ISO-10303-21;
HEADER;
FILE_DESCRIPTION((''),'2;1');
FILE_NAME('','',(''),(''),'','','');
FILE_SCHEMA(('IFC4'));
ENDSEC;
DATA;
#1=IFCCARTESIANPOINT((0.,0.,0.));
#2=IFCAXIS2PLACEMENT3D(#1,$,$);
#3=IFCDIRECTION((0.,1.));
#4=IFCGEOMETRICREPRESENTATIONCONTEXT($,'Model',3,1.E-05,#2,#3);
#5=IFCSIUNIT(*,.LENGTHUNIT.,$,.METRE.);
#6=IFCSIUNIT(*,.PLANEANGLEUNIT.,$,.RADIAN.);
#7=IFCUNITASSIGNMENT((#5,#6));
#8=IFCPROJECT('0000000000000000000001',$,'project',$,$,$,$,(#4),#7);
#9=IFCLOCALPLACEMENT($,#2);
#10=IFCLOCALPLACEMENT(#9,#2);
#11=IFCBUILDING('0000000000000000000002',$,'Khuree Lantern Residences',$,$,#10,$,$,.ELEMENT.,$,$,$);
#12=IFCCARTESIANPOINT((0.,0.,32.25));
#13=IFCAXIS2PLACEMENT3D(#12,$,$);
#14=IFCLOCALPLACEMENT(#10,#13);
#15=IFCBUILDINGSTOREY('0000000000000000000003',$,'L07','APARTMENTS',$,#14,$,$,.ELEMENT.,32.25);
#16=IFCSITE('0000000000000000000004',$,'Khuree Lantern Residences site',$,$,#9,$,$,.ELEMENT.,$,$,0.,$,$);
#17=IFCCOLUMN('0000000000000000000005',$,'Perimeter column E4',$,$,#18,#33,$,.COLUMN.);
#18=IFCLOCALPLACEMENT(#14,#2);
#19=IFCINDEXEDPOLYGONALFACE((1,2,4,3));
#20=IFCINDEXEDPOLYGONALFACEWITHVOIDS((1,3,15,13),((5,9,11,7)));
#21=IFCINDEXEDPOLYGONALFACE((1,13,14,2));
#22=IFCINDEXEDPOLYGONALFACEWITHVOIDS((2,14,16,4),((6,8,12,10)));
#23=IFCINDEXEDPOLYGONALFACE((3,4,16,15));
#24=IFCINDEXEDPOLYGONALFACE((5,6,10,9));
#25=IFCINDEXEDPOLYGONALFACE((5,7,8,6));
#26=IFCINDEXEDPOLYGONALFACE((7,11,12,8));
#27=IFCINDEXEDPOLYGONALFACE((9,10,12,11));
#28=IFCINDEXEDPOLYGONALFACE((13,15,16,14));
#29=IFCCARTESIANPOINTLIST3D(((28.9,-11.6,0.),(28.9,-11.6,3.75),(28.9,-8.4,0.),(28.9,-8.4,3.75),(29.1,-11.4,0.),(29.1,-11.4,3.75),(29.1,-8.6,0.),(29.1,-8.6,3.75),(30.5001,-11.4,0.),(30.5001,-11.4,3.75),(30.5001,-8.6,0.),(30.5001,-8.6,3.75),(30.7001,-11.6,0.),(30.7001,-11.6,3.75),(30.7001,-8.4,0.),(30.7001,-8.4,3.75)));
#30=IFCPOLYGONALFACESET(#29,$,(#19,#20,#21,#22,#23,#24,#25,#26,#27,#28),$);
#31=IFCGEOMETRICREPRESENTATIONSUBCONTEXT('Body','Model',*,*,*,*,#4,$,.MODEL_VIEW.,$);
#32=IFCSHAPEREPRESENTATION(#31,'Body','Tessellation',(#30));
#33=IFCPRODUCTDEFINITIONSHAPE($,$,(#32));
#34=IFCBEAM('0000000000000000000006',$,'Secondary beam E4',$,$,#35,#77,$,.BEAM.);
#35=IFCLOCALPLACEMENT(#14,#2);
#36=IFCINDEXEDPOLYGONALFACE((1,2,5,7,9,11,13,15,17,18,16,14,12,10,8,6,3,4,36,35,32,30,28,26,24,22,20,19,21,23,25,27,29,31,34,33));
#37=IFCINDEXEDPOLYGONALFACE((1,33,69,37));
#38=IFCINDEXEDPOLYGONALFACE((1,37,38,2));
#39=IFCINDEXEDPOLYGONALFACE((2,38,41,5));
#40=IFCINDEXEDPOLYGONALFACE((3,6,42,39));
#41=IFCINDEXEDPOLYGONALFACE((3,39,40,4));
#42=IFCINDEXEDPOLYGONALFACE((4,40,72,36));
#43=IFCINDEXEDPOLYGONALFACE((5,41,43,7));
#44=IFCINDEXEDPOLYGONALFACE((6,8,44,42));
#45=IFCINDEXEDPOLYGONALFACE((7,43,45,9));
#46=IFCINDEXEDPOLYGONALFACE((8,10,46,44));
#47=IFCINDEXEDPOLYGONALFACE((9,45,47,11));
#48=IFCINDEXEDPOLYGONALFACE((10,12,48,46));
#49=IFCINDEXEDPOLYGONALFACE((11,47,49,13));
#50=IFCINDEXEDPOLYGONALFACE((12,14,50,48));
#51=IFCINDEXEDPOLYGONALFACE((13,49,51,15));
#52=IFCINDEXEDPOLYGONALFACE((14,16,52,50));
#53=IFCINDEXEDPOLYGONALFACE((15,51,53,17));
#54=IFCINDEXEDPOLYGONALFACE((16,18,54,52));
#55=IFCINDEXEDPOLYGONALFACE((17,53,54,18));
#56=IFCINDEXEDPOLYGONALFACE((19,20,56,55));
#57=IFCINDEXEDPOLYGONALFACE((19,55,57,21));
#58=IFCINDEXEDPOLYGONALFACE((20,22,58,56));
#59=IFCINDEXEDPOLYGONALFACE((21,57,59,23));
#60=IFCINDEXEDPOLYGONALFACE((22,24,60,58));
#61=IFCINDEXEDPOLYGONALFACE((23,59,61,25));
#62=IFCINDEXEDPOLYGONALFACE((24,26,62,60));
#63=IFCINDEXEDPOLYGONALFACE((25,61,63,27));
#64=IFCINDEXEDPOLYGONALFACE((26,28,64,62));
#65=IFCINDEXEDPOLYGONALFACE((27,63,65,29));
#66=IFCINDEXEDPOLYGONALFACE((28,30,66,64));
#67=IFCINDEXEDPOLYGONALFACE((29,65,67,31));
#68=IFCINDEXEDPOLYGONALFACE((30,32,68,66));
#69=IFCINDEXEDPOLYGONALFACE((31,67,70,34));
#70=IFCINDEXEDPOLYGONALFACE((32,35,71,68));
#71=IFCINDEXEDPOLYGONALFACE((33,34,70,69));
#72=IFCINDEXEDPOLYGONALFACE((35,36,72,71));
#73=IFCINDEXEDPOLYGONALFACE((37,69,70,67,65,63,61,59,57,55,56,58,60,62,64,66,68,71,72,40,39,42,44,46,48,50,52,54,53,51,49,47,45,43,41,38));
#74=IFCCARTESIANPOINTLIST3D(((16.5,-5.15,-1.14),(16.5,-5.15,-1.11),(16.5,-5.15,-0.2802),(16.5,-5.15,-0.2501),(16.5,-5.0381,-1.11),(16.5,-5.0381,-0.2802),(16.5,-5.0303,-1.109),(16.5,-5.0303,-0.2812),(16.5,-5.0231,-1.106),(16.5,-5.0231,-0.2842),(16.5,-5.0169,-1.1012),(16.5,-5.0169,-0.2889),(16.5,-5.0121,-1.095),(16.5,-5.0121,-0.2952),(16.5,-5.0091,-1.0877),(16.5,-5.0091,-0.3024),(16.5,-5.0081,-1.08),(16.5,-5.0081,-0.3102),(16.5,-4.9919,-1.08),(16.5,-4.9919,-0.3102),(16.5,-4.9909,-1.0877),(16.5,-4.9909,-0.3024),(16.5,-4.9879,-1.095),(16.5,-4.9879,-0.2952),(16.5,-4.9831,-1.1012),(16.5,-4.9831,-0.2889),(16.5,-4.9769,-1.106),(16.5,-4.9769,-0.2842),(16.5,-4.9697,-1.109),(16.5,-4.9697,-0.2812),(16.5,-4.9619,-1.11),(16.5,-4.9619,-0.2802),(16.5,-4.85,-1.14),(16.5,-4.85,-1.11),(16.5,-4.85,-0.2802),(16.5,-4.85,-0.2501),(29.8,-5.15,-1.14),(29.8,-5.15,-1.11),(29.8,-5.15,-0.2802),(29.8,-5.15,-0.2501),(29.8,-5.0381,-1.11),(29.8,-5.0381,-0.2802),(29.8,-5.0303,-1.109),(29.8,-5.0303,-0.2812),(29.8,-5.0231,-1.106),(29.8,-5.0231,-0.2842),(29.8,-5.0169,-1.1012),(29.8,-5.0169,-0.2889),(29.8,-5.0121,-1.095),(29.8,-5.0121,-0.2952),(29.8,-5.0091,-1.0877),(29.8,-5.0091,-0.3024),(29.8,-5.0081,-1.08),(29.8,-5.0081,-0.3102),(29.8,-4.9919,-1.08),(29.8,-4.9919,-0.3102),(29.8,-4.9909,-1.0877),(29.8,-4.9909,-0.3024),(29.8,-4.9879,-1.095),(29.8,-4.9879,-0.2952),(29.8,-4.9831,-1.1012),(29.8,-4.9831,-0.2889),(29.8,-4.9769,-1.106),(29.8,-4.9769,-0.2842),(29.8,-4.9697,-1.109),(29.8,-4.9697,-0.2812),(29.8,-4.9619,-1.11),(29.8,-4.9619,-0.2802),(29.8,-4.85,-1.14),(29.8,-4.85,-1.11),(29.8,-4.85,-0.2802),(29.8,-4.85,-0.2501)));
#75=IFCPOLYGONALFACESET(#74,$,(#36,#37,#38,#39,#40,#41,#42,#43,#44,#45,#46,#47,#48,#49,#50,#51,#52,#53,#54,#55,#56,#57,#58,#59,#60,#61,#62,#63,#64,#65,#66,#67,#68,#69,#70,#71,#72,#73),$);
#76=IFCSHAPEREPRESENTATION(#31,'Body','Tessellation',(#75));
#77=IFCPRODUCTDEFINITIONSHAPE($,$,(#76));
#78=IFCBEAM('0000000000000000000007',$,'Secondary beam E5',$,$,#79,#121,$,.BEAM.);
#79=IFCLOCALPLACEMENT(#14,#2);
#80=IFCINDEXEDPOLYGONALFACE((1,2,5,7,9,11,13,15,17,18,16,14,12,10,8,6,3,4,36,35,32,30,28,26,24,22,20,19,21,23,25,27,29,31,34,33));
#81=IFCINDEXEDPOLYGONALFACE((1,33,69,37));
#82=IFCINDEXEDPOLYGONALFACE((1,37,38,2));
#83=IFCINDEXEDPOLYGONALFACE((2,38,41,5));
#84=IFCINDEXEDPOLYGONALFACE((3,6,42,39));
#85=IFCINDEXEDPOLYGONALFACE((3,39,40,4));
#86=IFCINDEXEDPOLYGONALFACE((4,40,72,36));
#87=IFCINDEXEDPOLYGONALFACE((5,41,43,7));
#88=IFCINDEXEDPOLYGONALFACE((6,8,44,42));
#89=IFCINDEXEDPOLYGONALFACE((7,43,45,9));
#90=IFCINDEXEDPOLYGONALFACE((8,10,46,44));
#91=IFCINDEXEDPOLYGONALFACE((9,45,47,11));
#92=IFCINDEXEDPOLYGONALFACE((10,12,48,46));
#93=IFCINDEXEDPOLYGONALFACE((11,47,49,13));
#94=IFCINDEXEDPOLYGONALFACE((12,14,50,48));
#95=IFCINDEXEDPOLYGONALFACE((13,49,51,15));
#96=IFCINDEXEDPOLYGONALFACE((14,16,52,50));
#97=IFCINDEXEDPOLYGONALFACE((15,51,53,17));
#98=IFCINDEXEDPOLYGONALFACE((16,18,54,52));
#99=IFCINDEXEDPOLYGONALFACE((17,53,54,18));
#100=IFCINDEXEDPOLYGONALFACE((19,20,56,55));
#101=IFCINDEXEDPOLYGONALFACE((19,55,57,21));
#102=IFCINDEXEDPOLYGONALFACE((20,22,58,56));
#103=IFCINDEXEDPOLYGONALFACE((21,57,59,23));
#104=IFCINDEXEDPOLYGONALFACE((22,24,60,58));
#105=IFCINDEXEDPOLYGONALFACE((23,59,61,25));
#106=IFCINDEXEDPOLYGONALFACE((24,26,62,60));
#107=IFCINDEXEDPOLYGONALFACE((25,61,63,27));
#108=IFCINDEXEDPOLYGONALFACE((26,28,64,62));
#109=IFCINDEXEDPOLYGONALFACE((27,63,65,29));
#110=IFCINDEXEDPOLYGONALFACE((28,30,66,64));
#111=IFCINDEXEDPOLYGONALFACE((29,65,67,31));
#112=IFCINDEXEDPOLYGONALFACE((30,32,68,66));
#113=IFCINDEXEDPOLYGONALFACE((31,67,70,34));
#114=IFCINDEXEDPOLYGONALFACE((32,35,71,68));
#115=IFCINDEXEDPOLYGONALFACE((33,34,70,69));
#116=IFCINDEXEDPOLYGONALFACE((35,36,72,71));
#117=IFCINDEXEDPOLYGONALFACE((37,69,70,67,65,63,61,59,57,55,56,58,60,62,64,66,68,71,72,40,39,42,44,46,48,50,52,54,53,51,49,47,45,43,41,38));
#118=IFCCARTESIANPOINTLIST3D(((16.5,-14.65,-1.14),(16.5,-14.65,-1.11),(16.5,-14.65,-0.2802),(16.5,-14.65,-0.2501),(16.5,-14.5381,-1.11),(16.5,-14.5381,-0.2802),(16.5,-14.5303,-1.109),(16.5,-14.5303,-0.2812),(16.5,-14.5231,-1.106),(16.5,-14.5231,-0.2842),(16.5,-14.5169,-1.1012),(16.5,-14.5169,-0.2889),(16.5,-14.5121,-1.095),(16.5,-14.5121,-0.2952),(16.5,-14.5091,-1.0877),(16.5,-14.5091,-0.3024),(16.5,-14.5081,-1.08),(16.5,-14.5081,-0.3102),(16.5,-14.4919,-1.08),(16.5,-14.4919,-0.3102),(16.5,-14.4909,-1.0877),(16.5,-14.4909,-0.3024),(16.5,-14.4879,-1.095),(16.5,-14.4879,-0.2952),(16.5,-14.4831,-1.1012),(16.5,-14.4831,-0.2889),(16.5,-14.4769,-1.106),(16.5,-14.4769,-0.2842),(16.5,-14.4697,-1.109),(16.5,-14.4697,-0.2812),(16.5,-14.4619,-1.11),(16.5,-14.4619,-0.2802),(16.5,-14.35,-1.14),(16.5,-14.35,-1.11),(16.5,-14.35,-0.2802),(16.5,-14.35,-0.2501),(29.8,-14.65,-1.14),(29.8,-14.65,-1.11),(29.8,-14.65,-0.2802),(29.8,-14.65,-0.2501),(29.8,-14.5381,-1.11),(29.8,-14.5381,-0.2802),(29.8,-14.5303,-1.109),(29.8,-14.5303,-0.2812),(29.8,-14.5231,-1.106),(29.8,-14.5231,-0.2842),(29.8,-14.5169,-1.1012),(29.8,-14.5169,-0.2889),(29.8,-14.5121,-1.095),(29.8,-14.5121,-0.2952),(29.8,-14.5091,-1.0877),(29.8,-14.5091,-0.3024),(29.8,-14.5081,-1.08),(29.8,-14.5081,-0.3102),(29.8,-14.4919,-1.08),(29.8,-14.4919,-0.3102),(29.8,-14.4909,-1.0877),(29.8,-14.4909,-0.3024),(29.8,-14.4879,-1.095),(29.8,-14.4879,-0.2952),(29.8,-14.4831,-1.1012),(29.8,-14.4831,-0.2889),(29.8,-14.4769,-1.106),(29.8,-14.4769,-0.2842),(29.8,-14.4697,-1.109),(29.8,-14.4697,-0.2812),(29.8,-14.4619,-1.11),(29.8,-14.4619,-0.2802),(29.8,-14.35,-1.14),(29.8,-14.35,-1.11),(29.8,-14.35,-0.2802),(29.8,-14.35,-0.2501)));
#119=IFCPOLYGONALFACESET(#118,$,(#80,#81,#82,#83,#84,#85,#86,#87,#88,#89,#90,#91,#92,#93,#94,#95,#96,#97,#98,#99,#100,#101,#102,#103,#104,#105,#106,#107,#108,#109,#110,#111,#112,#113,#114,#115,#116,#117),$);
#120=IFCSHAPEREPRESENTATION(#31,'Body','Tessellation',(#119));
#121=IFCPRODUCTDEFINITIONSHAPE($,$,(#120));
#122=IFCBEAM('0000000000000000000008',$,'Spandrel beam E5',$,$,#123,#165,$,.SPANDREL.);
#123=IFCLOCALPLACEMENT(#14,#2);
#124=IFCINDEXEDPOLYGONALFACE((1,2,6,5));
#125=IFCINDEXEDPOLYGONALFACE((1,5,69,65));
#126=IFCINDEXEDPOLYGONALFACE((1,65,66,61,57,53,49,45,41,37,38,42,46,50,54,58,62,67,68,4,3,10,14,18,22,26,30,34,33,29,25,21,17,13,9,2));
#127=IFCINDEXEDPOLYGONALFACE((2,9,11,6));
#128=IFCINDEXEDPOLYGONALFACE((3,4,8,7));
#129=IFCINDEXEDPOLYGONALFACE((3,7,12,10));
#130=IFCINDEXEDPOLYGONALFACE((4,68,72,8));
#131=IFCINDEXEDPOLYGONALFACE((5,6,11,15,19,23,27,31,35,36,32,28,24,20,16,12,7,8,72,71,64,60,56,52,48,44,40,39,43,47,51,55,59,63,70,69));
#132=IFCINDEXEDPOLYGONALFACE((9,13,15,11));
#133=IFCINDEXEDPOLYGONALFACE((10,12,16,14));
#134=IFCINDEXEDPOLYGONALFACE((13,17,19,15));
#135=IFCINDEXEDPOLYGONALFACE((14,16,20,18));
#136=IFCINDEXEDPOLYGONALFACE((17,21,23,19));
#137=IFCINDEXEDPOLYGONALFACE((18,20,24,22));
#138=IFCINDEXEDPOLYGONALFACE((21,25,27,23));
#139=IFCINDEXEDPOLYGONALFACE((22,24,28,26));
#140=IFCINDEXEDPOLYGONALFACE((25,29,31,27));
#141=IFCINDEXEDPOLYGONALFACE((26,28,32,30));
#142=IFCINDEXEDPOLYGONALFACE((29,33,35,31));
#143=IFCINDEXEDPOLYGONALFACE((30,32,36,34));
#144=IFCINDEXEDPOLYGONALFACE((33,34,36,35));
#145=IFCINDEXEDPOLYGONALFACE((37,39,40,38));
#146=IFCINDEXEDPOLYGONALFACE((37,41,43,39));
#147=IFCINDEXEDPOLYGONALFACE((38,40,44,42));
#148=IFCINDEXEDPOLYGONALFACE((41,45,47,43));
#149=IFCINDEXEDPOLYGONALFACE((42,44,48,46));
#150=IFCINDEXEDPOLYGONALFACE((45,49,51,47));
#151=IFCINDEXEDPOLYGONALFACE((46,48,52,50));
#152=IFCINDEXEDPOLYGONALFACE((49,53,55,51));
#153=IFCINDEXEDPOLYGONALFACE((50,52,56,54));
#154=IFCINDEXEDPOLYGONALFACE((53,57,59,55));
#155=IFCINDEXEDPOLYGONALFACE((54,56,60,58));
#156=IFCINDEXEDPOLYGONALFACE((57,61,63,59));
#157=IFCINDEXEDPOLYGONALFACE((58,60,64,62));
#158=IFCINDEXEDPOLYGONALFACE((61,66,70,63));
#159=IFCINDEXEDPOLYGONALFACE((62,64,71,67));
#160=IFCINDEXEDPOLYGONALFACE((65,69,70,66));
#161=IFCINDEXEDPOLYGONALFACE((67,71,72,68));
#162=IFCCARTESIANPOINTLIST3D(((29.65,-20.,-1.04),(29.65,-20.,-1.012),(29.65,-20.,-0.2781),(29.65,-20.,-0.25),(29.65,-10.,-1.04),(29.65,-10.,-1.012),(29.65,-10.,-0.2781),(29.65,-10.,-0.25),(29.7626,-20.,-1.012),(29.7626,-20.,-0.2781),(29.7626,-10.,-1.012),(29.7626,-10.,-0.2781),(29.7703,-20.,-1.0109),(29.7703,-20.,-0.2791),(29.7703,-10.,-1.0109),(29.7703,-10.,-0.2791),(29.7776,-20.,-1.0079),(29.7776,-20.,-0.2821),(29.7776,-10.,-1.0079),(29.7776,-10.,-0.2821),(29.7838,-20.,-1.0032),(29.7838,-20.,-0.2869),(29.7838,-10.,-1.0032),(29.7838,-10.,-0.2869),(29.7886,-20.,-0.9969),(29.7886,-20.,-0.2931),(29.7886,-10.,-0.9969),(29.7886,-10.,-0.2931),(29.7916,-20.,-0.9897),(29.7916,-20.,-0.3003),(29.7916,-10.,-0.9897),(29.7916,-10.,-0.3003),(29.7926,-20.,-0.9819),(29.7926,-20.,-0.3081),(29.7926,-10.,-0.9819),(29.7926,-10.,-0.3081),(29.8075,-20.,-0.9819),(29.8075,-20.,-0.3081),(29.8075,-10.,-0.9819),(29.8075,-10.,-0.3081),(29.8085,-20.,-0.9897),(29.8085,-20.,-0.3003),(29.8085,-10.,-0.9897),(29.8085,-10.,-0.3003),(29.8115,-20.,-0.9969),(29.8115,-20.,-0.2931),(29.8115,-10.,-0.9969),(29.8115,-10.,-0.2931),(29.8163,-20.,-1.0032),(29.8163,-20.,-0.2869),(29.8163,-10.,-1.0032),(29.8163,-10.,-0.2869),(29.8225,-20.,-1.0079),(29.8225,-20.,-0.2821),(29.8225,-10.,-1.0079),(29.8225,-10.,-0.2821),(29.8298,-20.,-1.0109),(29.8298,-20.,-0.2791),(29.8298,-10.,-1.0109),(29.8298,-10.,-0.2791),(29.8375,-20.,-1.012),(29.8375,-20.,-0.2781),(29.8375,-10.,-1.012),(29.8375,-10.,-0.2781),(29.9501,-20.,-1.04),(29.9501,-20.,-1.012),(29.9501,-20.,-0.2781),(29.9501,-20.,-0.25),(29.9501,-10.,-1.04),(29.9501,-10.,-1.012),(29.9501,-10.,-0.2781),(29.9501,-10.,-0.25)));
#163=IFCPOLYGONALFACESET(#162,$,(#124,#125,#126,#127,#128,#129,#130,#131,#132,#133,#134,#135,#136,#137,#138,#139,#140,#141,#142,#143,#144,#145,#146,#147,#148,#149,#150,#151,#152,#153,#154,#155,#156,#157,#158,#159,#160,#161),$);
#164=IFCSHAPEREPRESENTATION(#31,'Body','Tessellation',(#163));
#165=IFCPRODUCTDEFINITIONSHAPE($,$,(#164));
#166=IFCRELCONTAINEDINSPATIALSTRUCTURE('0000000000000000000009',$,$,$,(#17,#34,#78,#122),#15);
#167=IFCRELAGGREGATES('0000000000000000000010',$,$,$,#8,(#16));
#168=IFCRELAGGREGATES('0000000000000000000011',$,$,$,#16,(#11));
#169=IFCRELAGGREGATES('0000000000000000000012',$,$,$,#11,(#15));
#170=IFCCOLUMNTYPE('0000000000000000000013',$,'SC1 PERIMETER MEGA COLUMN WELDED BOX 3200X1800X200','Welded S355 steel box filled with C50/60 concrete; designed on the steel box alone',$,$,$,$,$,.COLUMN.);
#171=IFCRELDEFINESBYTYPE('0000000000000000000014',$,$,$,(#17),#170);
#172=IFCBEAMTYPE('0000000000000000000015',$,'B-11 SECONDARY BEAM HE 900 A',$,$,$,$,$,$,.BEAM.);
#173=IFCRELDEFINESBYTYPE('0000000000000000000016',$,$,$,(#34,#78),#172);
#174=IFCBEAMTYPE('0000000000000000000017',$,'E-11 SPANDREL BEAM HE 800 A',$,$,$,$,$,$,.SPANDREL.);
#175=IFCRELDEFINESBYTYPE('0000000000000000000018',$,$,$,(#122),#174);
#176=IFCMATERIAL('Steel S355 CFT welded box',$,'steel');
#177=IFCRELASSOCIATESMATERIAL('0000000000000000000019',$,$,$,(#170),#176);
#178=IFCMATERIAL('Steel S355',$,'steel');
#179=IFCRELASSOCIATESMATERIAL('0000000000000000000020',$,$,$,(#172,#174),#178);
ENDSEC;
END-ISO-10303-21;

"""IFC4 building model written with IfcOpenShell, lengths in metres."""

from ifc_helpers import new_model, si_unit, direction, frame, origin, origin_2d, place, context, subcontext, project, spatial, hollow_rectangle, i_section, extrude, material, material_profile, profile_set, type_object, element, save


model = new_model("IFC4")

# Units and contexts
model_context = context("Model", 3, precision=1e-05, world=origin(), true_north=direction((0.0, 1.0)))
body_context = subcontext(model_context, "Body", "Model", "MODEL_VIEW")
ifc_project = project(units=[si_unit("LENGTHUNIT", "METRE"), si_unit("PLANEANGLEUNIT", "RADIAN")], contexts=[model_context])

# Site, building, storey
site_placement = place(None, origin())
site = spatial("IfcSite", under=ifc_project, at=site_placement, Name="Khuree Lantern Residences site", CompositionType="ELEMENT", RefElevation=0.0)
building_placement = place(site_placement, origin())
building = spatial("IfcBuilding", under=site, at=building_placement, Name="Khuree Lantern Residences", CompositionType="ELEMENT")
storey_placement = place(building_placement, frame((0.0, 0.0, 32.25)))
storey = spatial("IfcBuildingStorey", under=building, at=storey_placement, Name="L07", Description="APARTMENTS", CompositionType="ELEMENT", Elevation=32.25)

# Column
ifc_material_1 = material(Name="Steel S355 CFT welded box", Category="steel")
ifc_material_profile_1 = material_profile(ifc_material_1, hollow_rectangle(XDim=3.2, YDim=1.8, WallThickness=0.2, at=origin_2d()), Name="WELDED BOX 3200X1800X200")
ifc_profile_set_1 = profile_set([ifc_material_profile_1], Name="Steel S355 CFT welded box")
column_type = type_object("IfcColumnType", Name="SC1 PERIMETER MEGA COLUMN WELDED BOX 3200X1800X200", Description="Welded S355 steel box filled with C50/60 concrete; designed on the steel box alone", PredefinedType="COLUMN", material=ifc_profile_set_1)
column_placement = place(storey_placement, frame((29.8, -10.0, 0.0), z_axis=(0.0, 0.0, 1.0), x_axis=(0.0, 1.0, 0.0)))
element("IfcColumn", 1, at=column_placement, inside=storey, type_object=column_type, Name="Perimeter column E4", PredefinedType="COLUMN", context=body_context, shape_type="SweptSolid", body=[
    extrude(hollow_rectangle(XDim=3.2, YDim=1.8, WallThickness=0.2, at=origin_2d()), origin(), (0.0, 0.0, 1.0), 3.75),
])

# Beams
ifc_material_2 = material(Name="Steel S355", Category="steel")
ifc_material_profile_2 = material_profile(ifc_material_2, i_section(OverallWidth=0.3, OverallDepth=0.8899, WebThickness=0.0161, FlangeThickness=0.03, FilletRadius=0.03, at=origin_2d()), Name="HE 900 A")
ifc_profile_set_2 = profile_set([ifc_material_profile_2], Name="Steel S355")
beam_type_1 = type_object("IfcBeamType", Name="B-11 SECONDARY BEAM HE 900 A", PredefinedType="BEAM", material=ifc_profile_set_2)
for number, where, z_axis, x_axis, name in (
    (2, (29.8, -5.0, -0.6951), (-1.0, 0.0, 0.0), (0.0, -1.0, 0.0), "Secondary beam E4"),
    (3, (29.8, -14.5, -0.6951), (-1.0, 0.0, 0.0), (0.0, -1.0, 0.0), "Secondary beam E5"),
):
    element("IfcBeam", number, at=place(storey_placement, frame(where, z_axis=z_axis, x_axis=x_axis)), inside=storey, type_object=beam_type_1, Name=name, PredefinedType="BEAM", context=body_context, shape_type="SweptSolid", body=[
        extrude(i_section(OverallWidth=0.3, OverallDepth=0.8899, WebThickness=0.0161, FlangeThickness=0.03, FilletRadius=0.03, at=origin_2d()), origin(), (0.0, 0.0, 1.0), 13.3),
    ])
ifc_material_profile_3 = material_profile(ifc_material_2, i_section(OverallWidth=0.3, OverallDepth=0.79, WebThickness=0.0149, FlangeThickness=0.0281, FilletRadius=0.03, at=origin_2d()), Name="HE 800 A")
ifc_profile_set_3 = profile_set([ifc_material_profile_3], Name="Steel S355")
beam_type_2 = type_object("IfcBeamType", Name="E-11 SPANDREL BEAM HE 800 A", PredefinedType="SPANDREL", material=ifc_profile_set_3)
beam_1_placement = place(storey_placement, frame((29.8, -10.0, -0.645), z_axis=(0.0, -1.0, 0.0), x_axis=(1.0, 0.0, 0.0)))
element("IfcBeam", 4, at=beam_1_placement, inside=storey, type_object=beam_type_2, Name="Spandrel beam E5", PredefinedType="SPANDREL", context=body_context, shape_type="SweptSolid", body=[
    extrude(i_section(OverallWidth=0.3, OverallDepth=0.79, WebThickness=0.0149, FlangeThickness=0.0281, FilletRadius=0.03, at=origin_2d()), origin(), (0.0, 0.0, 1.0), 10.0),
])

save(model, "model.ifc")
